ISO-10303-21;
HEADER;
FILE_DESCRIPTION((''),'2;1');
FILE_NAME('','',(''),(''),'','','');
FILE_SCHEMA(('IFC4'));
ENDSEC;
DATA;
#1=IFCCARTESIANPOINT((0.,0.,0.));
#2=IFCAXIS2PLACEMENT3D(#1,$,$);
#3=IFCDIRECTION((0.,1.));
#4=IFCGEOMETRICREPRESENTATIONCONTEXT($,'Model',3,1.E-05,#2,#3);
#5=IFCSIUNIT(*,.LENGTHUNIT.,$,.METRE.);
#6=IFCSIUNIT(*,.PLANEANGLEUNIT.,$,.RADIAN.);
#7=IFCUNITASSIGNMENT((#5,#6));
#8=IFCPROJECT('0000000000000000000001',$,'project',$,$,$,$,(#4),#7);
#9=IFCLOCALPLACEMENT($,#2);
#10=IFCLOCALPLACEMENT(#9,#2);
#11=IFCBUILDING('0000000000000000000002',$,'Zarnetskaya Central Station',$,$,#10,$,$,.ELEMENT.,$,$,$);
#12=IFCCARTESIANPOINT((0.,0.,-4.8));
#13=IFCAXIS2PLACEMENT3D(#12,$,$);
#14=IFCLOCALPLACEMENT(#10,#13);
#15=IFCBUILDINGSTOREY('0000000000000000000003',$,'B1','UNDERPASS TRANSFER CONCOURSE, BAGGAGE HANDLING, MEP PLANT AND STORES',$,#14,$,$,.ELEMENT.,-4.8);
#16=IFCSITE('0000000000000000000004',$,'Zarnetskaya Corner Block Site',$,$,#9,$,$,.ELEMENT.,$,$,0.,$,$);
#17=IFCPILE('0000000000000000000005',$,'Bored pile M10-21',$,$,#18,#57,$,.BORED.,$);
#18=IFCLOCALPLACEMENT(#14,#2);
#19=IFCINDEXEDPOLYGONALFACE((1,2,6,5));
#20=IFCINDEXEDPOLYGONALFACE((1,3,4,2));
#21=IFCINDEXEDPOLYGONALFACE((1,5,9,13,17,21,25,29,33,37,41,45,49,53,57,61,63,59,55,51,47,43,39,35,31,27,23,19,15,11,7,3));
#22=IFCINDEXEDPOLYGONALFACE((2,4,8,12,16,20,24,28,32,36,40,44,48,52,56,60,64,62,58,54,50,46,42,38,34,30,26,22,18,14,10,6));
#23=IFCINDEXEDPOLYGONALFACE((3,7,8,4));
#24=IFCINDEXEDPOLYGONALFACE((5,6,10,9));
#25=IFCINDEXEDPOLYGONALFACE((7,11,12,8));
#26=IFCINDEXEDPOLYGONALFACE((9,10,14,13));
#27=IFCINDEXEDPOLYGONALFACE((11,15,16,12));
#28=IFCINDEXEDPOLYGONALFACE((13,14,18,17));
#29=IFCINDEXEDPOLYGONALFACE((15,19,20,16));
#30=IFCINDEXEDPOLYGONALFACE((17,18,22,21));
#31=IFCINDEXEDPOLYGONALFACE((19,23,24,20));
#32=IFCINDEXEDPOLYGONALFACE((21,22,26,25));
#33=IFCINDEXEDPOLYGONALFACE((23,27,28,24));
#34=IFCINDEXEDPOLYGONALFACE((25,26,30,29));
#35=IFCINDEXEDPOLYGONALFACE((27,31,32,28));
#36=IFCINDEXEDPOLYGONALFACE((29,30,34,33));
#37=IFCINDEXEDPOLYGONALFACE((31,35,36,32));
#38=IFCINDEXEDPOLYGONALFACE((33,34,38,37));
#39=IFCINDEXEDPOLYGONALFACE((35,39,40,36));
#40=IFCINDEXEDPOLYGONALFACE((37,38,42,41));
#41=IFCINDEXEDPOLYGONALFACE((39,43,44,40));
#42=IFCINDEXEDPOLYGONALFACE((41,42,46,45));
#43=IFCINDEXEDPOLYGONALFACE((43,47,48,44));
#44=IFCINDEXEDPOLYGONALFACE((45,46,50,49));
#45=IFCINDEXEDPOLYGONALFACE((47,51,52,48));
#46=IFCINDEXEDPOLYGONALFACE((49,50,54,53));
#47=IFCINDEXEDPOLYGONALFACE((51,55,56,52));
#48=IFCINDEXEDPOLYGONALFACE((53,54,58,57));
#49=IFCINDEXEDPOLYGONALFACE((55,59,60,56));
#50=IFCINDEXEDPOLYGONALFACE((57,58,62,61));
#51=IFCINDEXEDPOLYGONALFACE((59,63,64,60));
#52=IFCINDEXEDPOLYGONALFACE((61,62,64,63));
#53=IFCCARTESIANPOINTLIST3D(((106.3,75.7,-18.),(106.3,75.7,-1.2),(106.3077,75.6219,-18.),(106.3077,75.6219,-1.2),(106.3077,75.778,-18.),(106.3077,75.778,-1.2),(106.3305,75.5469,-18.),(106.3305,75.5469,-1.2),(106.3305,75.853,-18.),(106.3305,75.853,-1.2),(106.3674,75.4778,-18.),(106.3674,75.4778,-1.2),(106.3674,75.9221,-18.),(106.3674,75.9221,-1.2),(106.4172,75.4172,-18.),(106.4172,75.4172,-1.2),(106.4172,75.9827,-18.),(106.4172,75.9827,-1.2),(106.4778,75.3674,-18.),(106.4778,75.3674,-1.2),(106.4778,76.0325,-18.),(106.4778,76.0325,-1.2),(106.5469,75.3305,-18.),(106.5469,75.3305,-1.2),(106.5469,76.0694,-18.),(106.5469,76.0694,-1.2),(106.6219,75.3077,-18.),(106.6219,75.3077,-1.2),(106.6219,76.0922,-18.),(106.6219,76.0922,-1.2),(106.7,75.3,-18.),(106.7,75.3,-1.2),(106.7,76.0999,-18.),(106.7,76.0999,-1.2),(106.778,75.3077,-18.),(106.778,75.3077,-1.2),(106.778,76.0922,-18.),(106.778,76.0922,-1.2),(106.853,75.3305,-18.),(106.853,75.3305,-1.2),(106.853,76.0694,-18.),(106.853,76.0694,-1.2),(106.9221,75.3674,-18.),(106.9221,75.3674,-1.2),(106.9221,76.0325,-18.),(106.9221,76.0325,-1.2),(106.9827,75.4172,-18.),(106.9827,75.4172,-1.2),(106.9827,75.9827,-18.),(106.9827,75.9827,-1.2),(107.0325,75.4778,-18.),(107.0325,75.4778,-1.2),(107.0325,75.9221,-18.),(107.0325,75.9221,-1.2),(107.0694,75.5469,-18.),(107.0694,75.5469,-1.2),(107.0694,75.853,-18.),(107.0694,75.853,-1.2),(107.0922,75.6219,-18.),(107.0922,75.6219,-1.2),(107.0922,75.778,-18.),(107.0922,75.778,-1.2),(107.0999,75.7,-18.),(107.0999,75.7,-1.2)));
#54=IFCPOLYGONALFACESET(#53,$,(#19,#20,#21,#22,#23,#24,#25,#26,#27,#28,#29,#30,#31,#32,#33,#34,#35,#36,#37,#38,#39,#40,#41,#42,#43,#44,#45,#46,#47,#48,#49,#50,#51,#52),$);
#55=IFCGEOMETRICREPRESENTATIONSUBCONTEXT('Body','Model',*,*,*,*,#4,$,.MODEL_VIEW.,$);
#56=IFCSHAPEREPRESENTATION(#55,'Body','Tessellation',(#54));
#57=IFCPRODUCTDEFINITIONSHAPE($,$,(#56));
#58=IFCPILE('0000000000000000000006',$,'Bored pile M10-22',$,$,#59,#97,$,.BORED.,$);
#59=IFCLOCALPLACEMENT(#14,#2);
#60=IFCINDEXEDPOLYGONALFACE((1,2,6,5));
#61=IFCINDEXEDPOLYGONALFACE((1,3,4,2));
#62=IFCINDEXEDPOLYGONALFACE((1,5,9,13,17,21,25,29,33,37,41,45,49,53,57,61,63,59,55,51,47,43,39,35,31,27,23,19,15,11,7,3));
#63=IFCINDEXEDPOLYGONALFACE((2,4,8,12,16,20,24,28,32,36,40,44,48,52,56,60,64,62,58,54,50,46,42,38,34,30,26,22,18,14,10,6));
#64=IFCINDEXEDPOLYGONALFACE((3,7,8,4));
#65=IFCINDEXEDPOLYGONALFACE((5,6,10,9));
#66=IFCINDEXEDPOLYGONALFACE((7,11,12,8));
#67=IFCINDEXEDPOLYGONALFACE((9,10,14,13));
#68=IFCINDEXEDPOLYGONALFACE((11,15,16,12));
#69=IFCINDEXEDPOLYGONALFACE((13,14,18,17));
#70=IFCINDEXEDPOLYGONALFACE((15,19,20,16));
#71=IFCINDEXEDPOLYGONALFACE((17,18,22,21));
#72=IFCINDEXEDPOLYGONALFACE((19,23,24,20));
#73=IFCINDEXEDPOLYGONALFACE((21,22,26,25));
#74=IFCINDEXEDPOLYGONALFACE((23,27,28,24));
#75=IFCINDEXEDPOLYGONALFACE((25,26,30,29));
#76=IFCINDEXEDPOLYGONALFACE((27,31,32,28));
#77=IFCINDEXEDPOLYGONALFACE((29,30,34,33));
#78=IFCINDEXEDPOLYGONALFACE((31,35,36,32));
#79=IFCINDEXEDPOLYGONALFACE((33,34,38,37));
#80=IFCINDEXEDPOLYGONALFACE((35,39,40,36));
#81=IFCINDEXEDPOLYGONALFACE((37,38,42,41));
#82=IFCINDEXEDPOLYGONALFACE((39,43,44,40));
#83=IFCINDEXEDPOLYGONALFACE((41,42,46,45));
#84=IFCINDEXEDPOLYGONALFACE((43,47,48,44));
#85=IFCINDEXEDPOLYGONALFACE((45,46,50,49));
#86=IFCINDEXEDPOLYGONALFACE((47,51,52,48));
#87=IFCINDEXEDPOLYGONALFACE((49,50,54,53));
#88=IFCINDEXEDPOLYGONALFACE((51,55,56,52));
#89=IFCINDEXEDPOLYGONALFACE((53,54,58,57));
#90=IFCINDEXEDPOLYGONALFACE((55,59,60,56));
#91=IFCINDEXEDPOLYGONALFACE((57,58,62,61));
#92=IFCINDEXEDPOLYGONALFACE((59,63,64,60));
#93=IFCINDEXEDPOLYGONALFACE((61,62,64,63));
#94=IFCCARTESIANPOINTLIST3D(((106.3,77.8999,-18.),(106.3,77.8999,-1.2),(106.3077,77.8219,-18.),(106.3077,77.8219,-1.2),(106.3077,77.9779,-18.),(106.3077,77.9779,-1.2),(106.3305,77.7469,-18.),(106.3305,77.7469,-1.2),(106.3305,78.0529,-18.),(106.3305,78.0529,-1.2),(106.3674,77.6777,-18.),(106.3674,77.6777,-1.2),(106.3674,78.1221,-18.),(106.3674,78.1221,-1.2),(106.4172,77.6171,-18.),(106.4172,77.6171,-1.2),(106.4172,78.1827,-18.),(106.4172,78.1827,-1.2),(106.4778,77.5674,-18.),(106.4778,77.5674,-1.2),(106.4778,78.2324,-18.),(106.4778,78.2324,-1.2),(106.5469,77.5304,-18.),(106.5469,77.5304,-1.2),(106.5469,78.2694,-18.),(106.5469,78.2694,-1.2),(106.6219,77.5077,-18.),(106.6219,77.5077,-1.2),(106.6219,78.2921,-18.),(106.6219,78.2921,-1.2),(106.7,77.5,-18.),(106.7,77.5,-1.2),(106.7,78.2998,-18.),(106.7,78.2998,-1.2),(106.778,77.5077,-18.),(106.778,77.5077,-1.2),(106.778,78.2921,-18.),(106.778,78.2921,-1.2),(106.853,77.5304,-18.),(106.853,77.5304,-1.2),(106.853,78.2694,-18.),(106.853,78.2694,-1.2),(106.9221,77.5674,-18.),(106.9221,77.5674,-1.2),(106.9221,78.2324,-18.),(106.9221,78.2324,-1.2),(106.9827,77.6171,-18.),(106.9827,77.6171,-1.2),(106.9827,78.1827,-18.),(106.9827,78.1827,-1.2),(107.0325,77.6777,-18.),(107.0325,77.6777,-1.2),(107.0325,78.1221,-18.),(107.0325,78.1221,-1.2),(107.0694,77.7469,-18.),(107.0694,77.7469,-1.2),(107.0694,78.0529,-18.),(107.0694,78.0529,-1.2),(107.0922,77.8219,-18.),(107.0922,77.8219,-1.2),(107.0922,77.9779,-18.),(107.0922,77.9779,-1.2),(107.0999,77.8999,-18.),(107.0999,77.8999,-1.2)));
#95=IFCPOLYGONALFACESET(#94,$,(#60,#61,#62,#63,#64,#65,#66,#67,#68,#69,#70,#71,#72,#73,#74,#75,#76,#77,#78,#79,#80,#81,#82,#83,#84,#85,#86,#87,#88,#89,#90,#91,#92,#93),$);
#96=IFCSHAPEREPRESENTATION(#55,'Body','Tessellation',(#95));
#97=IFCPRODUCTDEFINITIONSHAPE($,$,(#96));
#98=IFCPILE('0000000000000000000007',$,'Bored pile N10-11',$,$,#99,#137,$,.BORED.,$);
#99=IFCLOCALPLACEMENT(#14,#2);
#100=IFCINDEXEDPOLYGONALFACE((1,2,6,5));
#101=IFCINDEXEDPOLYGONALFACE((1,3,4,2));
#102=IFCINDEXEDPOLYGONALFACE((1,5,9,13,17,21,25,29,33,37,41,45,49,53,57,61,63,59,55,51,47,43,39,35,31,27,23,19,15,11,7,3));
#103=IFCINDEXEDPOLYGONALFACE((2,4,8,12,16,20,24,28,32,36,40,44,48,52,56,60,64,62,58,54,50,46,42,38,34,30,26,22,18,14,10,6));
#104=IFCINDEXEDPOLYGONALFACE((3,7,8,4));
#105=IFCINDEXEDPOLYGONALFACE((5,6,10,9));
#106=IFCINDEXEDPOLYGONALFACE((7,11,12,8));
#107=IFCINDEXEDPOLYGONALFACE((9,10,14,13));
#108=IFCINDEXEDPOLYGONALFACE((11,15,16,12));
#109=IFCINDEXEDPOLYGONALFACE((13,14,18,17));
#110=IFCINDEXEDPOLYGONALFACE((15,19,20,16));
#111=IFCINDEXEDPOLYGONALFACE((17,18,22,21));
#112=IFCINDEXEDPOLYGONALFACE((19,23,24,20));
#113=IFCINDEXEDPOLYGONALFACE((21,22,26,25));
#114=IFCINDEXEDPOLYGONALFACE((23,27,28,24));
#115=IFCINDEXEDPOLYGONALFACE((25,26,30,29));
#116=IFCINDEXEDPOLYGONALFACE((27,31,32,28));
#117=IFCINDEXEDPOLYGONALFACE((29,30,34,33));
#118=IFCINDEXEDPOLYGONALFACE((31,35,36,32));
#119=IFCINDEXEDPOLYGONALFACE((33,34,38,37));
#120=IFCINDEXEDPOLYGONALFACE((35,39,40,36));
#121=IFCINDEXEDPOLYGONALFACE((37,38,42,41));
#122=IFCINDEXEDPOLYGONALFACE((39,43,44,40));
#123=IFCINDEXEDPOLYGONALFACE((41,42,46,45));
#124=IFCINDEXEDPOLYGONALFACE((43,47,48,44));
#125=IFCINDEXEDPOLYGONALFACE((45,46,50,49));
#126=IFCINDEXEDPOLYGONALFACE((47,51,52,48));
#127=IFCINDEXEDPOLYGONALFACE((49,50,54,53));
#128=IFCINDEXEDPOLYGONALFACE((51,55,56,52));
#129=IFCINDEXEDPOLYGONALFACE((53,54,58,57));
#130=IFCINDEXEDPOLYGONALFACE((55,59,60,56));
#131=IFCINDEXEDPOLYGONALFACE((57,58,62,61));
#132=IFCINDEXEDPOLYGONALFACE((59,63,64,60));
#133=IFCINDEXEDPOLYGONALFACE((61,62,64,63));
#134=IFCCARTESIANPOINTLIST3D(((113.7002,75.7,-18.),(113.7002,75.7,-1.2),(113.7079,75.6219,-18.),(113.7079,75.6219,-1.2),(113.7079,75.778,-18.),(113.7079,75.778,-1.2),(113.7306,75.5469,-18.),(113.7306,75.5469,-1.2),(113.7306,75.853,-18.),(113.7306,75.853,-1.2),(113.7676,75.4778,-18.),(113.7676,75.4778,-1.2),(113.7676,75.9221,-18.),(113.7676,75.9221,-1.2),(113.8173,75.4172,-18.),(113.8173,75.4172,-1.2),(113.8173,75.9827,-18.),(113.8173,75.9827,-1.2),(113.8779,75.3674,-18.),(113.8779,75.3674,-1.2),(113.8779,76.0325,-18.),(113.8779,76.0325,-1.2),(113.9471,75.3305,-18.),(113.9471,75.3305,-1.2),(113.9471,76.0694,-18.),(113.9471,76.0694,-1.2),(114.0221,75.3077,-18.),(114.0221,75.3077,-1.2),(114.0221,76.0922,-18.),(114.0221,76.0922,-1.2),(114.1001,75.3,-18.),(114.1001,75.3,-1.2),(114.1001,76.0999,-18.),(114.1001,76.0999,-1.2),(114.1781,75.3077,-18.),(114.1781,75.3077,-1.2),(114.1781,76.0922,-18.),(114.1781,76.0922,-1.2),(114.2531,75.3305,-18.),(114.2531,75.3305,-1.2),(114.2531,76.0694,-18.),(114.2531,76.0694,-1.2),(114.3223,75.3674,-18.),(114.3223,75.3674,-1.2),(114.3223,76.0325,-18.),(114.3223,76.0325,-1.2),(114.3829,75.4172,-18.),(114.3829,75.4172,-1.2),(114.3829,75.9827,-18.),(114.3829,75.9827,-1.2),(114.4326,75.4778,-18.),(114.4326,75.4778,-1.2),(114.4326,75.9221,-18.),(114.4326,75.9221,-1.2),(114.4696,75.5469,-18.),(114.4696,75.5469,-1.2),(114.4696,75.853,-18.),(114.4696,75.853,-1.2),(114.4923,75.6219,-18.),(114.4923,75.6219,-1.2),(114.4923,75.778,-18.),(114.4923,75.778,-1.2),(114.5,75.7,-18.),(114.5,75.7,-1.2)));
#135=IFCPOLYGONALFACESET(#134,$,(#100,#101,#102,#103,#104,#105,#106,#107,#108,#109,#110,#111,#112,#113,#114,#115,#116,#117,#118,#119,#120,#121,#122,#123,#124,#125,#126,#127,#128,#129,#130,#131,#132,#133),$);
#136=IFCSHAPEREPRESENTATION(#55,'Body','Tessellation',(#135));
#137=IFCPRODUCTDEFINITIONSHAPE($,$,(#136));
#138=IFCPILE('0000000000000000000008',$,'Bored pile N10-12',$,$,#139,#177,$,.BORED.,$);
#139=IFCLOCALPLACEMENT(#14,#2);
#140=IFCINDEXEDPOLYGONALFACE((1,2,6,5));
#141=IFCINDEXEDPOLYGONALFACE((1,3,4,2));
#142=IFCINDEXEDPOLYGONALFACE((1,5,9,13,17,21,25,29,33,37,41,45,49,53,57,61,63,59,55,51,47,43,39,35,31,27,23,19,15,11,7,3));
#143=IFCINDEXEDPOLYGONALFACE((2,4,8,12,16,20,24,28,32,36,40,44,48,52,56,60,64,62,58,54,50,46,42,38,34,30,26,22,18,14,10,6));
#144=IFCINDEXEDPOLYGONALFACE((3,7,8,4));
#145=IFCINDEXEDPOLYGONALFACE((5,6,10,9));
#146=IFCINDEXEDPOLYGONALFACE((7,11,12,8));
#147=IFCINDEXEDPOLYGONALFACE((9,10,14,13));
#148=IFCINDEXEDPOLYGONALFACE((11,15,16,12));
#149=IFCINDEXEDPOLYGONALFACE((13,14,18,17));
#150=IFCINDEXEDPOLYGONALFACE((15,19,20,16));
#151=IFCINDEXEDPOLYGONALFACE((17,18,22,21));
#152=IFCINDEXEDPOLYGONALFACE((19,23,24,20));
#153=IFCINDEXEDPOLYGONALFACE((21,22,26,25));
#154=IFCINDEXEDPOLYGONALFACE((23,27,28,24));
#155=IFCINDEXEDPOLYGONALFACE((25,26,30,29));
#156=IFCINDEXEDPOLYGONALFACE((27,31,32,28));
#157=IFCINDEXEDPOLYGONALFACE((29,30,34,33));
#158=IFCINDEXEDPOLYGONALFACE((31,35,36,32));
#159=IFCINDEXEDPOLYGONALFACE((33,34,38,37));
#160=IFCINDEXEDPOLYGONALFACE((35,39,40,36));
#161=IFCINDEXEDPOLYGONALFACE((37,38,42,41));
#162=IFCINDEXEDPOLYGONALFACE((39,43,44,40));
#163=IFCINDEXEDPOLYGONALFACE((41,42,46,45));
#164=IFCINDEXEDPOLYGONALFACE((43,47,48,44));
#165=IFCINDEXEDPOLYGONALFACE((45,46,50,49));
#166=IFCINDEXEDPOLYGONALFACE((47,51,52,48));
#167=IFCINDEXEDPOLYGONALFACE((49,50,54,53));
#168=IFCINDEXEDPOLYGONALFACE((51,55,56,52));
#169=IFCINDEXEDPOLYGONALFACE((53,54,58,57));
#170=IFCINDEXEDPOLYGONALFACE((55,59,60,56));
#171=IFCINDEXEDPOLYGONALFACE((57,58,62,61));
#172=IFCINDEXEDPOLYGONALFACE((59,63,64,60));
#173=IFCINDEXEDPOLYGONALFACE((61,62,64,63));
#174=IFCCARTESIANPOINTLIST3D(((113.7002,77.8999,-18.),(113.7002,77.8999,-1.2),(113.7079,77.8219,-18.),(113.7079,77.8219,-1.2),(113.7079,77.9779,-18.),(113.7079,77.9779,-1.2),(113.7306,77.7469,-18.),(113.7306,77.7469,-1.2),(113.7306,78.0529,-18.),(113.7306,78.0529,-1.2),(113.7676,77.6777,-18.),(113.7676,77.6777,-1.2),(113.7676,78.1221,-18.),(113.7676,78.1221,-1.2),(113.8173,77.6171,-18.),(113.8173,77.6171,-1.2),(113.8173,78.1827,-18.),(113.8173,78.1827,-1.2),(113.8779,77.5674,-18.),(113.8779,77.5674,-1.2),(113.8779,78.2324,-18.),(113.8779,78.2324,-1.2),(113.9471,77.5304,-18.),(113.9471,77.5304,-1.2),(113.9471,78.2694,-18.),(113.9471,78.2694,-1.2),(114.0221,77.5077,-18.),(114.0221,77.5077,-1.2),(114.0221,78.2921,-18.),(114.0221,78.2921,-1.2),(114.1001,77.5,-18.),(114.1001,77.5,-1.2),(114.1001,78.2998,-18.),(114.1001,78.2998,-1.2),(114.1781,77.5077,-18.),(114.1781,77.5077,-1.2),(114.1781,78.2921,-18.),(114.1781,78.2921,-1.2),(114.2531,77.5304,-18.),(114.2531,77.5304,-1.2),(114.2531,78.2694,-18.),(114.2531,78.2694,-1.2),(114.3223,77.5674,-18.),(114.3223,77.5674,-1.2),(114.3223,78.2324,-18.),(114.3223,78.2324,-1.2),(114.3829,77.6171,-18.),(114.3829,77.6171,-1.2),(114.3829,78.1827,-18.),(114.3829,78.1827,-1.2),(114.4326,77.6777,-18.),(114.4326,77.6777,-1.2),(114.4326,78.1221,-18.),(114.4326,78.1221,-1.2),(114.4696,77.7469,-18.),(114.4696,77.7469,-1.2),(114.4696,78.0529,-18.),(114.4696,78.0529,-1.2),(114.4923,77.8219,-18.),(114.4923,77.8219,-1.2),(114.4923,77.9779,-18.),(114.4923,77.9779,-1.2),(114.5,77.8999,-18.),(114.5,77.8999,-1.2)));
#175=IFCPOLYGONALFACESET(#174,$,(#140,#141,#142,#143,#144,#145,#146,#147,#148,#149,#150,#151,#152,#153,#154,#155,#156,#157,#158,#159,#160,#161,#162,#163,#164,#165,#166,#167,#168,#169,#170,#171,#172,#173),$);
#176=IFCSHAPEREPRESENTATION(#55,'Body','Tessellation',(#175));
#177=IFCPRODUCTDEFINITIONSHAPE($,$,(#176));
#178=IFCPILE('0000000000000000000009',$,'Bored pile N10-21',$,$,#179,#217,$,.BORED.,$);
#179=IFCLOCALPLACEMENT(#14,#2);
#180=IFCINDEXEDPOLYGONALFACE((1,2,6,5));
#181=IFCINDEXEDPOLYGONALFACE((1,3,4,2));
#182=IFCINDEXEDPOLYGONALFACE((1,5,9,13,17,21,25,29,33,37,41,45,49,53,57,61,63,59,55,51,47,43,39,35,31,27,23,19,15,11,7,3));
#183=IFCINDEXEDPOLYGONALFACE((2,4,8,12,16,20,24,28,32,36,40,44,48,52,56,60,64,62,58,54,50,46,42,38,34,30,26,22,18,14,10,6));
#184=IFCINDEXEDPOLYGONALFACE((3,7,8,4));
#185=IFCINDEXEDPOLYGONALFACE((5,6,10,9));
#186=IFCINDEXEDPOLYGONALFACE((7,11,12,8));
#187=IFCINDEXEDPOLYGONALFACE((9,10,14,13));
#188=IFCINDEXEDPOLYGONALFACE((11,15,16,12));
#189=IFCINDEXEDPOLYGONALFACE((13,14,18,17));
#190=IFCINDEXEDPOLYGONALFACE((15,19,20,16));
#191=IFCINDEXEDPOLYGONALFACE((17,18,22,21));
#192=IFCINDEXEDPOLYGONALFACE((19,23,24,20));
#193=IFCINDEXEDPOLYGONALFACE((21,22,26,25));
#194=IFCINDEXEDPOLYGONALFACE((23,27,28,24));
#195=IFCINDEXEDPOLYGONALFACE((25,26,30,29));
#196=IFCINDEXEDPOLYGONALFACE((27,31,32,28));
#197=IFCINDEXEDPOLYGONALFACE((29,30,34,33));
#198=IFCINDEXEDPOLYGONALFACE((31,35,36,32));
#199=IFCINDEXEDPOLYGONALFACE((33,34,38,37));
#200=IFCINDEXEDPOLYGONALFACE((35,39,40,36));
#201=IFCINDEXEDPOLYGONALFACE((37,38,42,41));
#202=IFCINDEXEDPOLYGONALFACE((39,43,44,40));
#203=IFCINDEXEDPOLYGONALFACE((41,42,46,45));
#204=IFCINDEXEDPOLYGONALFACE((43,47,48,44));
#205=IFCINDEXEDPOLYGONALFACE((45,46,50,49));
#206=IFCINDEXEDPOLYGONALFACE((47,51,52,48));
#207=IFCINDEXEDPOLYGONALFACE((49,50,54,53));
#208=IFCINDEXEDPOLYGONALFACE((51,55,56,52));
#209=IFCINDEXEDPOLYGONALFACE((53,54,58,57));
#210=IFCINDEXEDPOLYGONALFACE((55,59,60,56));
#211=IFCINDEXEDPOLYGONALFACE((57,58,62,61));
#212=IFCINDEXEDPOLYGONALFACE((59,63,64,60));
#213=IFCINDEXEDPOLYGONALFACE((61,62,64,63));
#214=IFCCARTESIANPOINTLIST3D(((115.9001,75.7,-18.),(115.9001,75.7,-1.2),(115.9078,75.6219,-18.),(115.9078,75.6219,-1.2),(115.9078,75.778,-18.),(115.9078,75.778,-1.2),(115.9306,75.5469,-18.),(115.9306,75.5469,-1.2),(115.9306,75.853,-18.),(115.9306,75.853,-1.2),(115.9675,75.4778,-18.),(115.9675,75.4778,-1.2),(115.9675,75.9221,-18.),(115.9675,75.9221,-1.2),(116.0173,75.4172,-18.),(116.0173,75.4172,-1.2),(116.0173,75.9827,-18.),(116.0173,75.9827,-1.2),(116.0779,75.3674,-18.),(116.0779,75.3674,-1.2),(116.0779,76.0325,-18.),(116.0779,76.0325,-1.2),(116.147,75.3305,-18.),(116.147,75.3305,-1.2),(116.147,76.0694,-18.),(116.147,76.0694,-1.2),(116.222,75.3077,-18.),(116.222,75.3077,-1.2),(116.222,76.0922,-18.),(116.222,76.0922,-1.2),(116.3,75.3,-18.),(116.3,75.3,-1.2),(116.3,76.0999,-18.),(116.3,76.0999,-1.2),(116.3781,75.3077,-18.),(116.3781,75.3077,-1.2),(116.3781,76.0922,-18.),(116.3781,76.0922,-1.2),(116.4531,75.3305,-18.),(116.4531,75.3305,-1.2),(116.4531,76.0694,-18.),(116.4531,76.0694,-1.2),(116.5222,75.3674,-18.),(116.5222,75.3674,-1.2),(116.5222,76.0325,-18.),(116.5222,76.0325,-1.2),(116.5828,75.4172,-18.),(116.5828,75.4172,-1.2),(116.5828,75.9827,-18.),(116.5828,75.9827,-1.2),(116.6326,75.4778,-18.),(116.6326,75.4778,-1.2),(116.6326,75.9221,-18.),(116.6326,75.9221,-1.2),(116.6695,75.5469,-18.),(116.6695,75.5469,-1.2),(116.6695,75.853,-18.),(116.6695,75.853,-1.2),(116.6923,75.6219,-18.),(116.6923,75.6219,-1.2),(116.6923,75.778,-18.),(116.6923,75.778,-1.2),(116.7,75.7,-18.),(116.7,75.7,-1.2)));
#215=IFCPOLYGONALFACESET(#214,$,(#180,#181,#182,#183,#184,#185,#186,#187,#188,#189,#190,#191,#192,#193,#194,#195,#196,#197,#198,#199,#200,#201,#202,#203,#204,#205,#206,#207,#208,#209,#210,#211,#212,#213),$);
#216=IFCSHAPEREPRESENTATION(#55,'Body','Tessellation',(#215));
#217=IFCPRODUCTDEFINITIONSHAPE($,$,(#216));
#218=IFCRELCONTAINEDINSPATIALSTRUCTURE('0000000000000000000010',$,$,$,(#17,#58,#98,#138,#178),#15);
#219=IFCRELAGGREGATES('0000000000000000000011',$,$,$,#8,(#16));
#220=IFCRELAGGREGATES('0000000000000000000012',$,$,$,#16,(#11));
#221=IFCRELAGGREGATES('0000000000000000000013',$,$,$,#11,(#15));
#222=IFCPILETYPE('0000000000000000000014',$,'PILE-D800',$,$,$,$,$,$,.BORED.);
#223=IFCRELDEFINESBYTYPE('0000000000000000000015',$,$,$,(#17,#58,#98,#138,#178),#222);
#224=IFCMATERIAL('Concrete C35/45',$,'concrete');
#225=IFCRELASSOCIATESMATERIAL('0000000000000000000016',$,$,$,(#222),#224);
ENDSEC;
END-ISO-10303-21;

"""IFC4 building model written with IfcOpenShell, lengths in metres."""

from ifc_helpers import new_model, si_unit, direction, frame, origin, origin_2d, place, context, subcontext, project, spatial, circle, extrude, material, material_profile, profile_set, type_object, element, save


model = new_model("IFC4")

# Units and contexts
model_context = context("Model", 3, precision=1e-05, world=origin(), true_north=direction((0.0, 1.0)))
body_context = subcontext(model_context, "Body", "Model", "MODEL_VIEW")
ifc_project = project(units=[si_unit("LENGTHUNIT", "METRE"), si_unit("PLANEANGLEUNIT", "RADIAN")], contexts=[model_context])

# Site, building, storey
site_placement = place(None, origin())
site = spatial("IfcSite", under=ifc_project, at=site_placement, Name="Zarnetskaya Corner Block Site", CompositionType="ELEMENT", RefElevation=0.0)
building_placement = place(site_placement, origin())
building = spatial("IfcBuilding", under=site, at=building_placement, Name="Zarnetskaya Central Station", CompositionType="ELEMENT")
storey_placement = place(building_placement, frame((0.0, 0.0, -4.8)))
storey = spatial("IfcBuildingStorey", under=building, at=storey_placement, Name="B1", Description="UNDERPASS TRANSFER CONCOURSE, BAGGAGE HANDLING, MEP PLANT AND STORES", CompositionType="ELEMENT", Elevation=-4.8)

# Shared definitions
ifc_material = material(Name="Concrete C35/45", Category="concrete")

# Piles
ifc_material_profile_1 = material_profile(ifc_material, circle(Radius=0.3999, at=origin_2d()), Name="BORED PILE D800")
ifc_profile_set_1 = profile_set([ifc_material_profile_1], Name="Concrete C35/45")
pile_type_1 = type_object("IfcPileType", Name="PILE-D800", PredefinedType="BORED", material=ifc_profile_set_1)
for number, where, z_axis, x_axis, name in (
    (1, (106.7, 75.7, -1.2), (0.0, 0.0, -1.0), (1.0, 0.0, 0.0), "Bored pile M10-21"),
    (2, (106.7, 77.8999, -1.2), (0.0, 0.0, -1.0), (1.0, 0.0, 0.0), "Bored pile M10-22"),
    (3, (114.1001, 75.7, -1.2), (0.0, 0.0, -1.0), (1.0, 0.0, 0.0), "Bored pile N10-11"),
    (4, (114.1001, 77.8999, -1.2), (0.0, 0.0, -1.0), (1.0, 0.0, 0.0), "Bored pile N10-12"),
    (5, (116.3, 75.7, -1.2), (0.0, 0.0, -1.0), (1.0, 0.0, 0.0), "Bored pile N10-21"),
):
    element("IfcPile", number, at=place(storey_placement, frame(where, z_axis=z_axis, x_axis=x_axis)), inside=storey, type_object=pile_type_1, Name=name, PredefinedType="BORED", context=body_context, shape_type="SweptSolid", body=[
        extrude(circle(Radius=0.3999, at=origin_2d()), origin(), (0.0, 0.0, 1.0), 16.8),
    ])

save(model, "model.ifc")
